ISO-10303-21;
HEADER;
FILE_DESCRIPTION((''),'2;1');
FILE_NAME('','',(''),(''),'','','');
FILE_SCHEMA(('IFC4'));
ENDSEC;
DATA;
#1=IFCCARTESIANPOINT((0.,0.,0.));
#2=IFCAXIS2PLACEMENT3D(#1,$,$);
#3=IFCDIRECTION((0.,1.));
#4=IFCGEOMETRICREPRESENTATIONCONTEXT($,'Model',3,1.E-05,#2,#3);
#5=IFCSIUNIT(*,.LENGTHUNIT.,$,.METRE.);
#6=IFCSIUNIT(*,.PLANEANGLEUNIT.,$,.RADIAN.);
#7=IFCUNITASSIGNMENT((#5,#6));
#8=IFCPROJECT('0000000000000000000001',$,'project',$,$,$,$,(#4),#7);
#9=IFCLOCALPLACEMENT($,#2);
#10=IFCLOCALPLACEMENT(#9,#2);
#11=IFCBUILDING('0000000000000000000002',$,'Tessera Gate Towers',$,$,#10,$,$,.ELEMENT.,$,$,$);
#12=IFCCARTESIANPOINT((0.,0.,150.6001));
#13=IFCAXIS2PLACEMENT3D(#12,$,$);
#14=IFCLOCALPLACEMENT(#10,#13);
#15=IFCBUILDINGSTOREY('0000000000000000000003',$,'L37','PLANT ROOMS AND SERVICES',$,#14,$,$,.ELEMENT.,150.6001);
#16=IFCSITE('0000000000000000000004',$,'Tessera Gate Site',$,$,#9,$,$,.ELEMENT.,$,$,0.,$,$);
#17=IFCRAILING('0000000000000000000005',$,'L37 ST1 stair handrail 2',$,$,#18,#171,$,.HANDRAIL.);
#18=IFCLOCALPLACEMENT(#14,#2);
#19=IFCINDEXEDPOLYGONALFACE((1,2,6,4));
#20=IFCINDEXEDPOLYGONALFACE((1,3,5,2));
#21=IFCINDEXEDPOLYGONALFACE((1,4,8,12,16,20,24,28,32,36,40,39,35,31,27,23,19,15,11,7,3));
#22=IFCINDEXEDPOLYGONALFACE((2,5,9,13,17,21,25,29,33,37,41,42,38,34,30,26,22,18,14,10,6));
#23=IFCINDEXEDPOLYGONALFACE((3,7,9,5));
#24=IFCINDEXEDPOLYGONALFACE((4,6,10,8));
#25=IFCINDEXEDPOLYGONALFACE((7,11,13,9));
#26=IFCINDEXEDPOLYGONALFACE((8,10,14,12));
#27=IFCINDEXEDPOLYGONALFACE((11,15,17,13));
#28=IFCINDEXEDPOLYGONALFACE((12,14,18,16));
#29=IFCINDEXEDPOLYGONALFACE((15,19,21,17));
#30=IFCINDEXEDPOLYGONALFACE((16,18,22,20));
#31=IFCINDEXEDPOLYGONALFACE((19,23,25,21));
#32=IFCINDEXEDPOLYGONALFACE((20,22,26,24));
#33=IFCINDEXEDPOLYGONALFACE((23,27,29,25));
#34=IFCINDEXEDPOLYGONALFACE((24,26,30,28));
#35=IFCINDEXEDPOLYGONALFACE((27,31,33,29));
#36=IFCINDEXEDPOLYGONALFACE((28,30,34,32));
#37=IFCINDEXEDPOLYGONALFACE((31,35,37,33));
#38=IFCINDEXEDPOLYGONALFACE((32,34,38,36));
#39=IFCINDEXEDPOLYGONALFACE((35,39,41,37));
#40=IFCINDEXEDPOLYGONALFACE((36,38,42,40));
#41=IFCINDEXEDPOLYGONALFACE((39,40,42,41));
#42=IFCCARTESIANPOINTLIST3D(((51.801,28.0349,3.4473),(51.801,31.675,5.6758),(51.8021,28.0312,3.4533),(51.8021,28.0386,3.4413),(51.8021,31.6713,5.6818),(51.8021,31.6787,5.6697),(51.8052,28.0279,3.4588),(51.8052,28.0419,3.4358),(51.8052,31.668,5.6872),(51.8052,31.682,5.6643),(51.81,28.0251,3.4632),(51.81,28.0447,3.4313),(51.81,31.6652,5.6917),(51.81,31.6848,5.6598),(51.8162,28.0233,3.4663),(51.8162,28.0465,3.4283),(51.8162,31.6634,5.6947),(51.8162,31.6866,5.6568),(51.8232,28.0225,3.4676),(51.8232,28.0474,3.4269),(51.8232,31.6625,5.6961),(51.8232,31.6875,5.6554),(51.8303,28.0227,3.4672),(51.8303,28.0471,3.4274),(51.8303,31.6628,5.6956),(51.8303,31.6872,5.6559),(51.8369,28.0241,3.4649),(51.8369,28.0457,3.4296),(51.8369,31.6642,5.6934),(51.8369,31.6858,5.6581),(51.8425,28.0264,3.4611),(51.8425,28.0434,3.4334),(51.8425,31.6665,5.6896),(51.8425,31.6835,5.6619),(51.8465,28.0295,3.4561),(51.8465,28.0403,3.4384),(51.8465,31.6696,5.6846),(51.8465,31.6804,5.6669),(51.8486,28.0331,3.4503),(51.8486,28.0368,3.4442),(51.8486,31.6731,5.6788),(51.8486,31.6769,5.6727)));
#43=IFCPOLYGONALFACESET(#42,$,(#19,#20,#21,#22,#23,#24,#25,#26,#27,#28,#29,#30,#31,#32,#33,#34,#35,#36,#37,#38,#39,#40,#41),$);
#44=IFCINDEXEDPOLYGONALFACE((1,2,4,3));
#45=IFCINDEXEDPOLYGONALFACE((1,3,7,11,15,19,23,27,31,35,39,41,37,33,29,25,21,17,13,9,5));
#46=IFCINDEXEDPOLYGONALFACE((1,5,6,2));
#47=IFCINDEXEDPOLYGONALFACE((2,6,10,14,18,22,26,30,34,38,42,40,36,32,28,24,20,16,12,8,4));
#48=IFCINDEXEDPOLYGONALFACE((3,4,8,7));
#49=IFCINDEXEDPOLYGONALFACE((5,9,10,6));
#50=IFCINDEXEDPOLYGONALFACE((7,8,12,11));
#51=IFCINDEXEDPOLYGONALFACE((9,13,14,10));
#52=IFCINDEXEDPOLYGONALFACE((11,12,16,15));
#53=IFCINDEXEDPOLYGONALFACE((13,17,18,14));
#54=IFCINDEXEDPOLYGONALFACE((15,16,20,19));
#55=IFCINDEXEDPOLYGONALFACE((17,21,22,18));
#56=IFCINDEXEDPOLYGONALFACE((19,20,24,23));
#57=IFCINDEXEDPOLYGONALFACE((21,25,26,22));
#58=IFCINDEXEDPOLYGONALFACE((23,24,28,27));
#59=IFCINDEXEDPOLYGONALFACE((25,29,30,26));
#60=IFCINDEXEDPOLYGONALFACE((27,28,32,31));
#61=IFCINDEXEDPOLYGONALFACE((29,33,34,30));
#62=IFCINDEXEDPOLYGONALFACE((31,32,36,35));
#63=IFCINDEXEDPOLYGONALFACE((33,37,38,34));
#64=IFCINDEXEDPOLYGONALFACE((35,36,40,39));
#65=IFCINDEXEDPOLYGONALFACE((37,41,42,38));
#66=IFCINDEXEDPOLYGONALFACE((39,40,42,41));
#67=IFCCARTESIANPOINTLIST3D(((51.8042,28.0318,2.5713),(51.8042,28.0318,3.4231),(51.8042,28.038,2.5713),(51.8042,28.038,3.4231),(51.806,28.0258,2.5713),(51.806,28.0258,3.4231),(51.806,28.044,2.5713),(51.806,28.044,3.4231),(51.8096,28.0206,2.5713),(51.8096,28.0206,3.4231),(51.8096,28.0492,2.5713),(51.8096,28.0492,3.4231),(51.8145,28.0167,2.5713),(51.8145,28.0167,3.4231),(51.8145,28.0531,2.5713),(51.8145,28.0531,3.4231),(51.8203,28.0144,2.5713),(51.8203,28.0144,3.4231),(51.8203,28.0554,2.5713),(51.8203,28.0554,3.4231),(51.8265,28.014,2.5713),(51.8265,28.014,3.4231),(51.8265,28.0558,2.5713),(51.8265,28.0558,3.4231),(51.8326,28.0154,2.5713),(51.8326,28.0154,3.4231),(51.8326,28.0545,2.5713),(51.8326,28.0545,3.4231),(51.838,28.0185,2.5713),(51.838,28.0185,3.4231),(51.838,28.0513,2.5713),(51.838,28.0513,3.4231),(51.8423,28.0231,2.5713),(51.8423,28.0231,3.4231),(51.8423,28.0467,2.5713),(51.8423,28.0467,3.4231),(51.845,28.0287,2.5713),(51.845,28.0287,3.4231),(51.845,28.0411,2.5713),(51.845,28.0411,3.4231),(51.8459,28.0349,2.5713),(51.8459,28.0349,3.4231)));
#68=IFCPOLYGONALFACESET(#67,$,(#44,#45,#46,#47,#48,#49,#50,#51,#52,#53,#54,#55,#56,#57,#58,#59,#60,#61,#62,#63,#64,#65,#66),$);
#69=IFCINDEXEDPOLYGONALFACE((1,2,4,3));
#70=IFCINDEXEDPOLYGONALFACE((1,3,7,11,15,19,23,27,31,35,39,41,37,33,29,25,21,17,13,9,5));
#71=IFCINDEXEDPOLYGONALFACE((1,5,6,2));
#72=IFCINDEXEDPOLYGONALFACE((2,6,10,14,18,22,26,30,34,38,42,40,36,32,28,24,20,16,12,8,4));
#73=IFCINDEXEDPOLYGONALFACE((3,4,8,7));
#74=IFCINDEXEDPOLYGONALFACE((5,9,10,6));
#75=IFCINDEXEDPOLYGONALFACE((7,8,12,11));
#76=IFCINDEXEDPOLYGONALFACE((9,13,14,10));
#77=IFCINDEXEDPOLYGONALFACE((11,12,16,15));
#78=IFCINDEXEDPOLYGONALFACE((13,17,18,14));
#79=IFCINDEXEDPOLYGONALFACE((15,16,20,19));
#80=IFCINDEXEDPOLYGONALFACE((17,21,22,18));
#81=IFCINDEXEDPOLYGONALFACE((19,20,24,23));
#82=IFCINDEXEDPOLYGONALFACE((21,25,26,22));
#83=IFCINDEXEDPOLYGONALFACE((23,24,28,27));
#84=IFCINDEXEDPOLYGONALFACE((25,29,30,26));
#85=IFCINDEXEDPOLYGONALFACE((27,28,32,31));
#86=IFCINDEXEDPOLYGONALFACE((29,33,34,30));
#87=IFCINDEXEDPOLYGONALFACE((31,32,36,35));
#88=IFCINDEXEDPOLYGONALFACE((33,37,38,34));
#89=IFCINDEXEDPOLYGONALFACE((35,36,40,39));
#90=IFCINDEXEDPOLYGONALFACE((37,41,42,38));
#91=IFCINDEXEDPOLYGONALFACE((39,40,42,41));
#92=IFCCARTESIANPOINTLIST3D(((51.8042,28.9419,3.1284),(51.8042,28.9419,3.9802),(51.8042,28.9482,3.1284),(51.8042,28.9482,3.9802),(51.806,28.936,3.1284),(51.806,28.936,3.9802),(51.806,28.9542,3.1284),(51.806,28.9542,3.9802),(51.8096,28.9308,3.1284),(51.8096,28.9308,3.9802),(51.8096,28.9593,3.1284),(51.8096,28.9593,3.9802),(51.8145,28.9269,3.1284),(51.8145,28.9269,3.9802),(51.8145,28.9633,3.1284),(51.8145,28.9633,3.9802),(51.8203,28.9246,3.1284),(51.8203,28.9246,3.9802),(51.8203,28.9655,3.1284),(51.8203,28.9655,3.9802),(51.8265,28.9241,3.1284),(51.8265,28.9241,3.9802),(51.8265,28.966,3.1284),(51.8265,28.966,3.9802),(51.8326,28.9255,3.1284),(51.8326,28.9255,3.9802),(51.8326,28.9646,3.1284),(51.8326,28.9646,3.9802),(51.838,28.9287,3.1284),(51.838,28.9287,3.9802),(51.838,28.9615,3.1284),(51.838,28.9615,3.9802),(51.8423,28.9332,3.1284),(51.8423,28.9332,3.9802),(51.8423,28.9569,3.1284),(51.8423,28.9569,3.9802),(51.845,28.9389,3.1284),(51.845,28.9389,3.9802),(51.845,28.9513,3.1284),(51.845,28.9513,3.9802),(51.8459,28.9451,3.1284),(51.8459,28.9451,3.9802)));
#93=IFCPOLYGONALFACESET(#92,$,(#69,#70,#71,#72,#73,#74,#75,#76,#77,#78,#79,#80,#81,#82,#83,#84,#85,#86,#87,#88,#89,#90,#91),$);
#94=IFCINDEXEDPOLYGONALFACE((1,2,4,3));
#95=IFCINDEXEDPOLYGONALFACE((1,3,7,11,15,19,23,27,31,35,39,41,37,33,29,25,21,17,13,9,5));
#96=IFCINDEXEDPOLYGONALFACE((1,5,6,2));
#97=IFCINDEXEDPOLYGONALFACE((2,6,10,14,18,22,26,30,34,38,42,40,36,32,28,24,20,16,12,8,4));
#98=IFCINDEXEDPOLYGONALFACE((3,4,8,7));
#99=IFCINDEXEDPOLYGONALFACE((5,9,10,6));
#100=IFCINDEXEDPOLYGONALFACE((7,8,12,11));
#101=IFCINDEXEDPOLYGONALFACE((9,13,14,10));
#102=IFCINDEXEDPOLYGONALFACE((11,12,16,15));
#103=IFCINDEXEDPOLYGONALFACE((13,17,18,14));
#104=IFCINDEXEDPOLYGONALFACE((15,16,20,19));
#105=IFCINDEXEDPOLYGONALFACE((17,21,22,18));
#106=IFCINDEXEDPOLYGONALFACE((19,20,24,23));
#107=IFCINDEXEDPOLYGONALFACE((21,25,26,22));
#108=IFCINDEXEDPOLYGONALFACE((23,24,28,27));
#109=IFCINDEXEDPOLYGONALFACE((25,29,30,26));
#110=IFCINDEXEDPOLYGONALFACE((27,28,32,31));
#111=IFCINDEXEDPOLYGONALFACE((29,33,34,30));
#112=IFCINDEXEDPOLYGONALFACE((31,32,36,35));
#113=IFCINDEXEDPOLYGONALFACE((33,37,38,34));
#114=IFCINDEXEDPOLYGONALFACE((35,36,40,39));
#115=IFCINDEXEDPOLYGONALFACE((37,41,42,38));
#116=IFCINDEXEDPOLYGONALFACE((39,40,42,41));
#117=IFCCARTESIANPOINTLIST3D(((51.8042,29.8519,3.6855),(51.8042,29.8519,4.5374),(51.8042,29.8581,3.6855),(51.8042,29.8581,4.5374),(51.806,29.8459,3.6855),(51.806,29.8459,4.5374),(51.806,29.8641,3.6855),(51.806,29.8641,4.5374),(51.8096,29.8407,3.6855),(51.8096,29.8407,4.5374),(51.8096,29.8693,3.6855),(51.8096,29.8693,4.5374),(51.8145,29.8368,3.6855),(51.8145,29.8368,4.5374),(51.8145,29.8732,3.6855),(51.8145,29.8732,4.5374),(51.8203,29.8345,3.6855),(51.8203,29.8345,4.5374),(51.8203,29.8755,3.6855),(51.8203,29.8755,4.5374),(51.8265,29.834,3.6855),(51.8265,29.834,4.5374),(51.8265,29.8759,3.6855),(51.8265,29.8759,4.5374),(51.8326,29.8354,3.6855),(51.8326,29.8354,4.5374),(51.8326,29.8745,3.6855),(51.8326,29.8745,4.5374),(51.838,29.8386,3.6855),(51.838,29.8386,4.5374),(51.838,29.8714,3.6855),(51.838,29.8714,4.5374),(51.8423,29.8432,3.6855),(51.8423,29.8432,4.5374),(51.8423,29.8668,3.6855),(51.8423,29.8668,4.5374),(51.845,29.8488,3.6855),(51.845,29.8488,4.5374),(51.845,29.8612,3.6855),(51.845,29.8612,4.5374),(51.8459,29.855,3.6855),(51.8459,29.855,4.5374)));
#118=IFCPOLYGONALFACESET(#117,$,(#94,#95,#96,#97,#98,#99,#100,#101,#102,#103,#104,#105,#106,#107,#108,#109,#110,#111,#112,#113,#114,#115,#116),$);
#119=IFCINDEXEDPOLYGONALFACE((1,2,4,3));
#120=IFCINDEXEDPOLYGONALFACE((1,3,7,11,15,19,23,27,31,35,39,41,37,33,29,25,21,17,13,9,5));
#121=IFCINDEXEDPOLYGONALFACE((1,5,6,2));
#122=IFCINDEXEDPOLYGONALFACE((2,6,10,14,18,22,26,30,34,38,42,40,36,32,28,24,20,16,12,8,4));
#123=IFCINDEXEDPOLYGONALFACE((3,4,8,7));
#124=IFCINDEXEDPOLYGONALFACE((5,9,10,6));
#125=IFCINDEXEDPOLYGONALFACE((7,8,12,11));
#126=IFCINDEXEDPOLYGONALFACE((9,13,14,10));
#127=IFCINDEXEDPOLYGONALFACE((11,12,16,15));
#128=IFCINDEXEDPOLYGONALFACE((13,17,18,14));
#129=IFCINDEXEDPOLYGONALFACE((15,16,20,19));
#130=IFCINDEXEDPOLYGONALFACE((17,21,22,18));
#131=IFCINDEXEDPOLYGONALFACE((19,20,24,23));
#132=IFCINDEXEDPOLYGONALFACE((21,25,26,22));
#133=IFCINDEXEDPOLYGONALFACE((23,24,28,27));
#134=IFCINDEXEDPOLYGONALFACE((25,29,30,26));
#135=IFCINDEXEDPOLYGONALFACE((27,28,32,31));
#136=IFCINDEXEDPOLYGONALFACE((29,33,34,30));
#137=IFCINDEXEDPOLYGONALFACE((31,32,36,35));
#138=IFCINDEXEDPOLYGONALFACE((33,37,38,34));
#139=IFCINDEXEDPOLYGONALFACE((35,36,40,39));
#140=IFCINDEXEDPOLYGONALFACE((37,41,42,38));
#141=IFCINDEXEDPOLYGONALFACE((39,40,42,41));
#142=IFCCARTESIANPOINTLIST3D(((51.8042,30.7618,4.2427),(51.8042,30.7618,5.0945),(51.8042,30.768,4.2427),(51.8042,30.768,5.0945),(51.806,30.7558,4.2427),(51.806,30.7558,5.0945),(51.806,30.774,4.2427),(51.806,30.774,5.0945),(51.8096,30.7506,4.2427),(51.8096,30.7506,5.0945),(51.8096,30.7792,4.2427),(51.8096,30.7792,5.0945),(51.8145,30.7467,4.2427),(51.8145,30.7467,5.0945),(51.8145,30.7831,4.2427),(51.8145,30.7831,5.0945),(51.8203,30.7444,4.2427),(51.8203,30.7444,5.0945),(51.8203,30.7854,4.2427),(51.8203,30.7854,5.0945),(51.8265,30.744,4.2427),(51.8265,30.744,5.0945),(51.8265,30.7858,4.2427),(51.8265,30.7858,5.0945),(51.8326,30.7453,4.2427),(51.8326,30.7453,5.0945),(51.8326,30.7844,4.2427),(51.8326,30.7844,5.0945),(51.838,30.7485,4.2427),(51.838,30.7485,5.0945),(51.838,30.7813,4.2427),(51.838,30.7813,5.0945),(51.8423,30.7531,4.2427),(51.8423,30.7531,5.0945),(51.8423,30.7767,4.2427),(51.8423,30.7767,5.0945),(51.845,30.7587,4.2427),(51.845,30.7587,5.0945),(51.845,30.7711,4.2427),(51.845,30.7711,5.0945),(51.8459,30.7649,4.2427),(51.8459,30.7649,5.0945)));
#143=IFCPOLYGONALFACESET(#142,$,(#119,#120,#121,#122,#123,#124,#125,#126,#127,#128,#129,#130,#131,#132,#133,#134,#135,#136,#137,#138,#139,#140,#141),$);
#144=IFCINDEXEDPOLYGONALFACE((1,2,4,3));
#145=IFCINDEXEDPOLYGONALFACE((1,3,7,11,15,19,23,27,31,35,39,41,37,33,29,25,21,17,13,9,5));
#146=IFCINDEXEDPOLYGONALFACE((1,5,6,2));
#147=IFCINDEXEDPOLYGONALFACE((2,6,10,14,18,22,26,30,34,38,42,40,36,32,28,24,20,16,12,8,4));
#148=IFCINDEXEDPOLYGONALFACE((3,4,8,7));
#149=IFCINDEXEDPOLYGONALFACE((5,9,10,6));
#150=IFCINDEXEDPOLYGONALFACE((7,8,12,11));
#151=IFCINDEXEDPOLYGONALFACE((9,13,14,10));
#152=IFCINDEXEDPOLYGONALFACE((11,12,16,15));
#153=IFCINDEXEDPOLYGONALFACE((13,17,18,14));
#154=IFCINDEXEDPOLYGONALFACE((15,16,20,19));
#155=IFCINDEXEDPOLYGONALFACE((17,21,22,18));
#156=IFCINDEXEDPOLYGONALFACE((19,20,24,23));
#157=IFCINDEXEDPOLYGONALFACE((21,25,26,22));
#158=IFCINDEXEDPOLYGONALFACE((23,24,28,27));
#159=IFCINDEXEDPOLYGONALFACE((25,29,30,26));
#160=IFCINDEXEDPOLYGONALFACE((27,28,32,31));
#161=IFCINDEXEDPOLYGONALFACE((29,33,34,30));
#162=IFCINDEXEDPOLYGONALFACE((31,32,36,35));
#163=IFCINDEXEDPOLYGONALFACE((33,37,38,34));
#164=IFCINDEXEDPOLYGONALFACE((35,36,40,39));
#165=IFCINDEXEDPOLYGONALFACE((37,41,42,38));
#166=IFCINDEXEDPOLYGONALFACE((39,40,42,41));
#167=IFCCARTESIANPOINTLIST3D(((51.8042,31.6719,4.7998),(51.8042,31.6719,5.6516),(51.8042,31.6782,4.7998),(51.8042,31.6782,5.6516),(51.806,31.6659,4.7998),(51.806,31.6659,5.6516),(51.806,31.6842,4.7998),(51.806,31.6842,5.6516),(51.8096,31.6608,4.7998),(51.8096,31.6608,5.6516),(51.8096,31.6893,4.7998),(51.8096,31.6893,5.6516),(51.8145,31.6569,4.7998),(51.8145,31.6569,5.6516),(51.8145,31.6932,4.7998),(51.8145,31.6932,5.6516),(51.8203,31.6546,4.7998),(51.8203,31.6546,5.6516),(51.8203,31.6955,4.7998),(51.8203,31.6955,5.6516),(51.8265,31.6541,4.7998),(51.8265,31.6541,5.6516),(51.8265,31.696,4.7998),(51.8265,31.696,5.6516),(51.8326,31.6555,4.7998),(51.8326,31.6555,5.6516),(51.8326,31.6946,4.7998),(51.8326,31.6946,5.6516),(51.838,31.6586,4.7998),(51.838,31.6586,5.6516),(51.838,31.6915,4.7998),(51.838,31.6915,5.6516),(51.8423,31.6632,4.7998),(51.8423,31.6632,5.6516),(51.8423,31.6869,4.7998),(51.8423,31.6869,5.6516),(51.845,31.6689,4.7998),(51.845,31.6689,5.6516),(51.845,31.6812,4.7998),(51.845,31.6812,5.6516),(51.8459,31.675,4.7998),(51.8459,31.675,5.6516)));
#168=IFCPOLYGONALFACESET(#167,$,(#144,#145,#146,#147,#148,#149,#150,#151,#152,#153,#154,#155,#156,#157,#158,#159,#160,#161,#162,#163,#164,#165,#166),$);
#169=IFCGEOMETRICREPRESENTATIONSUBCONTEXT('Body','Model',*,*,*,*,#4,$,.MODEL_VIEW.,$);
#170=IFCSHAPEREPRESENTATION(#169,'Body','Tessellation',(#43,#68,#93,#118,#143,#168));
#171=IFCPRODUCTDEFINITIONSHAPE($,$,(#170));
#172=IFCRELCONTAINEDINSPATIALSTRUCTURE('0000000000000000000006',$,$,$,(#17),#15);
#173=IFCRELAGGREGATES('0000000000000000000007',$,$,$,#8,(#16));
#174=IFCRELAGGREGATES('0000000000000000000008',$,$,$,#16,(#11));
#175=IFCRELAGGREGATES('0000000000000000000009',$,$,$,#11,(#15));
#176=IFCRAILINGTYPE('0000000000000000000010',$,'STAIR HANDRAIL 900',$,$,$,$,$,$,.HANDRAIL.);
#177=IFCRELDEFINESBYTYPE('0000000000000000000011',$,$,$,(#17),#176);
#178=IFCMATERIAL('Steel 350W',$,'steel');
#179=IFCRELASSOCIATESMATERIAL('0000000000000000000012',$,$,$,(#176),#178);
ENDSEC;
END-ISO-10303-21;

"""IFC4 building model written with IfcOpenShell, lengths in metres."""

from ifc_helpers import new_model, si_unit, direction, frame, origin, origin_2d, place, context, subcontext, project, spatial, circle, extrude, material, type_object, element, save


model = new_model("IFC4")

# Units and contexts
model_context = context("Model", 3, precision=1e-05, world=origin(), true_north=direction((0.0, 1.0)))
body_context = subcontext(model_context, "Body", "Model", "MODEL_VIEW")
ifc_project = project(units=[si_unit("LENGTHUNIT", "METRE"), si_unit("PLANEANGLEUNIT", "RADIAN")], contexts=[model_context])

# Site, building, storey
site_placement = place(None, origin())
site = spatial("IfcSite", under=ifc_project, at=site_placement, Name="Tessera Gate Site", CompositionType="ELEMENT", RefElevation=0.0)
building_placement = place(site_placement, origin())
building = spatial("IfcBuilding", under=site, at=building_placement, Name="Tessera Gate Towers", CompositionType="ELEMENT")
storey_placement = place(building_placement, frame((0.0, 0.0, 150.6001)))
storey = spatial("IfcBuildingStorey", under=building, at=storey_placement, Name="L37", Description="PLANT ROOMS AND SERVICES", CompositionType="ELEMENT", Elevation=150.6001)

# Railing
ifc_material_1 = material(Name="Steel 350W", Category="steel")
railing_type_1 = type_object("IfcRailingType", Name="STAIR HANDRAIL 900", PredefinedType="HANDRAIL", material=ifc_material_1)
for number, where, name in (
    (1, (51.825, 28.0349, 2.5713), "L37 ST1 stair handrail 2"),
):
    element("IfcRailing", number, at=place(storey_placement, frame(where)), inside=storey, type_object=railing_type_1, Name=name, PredefinedType="HANDRAIL", context=body_context, shape_type="SweptSolid", body=[
        extrude(circle(Radius=0.0239, at=origin_2d()), frame((0.0, 0.0, 0.876), z_axis=(0.0, 0.852866, 0.52213), x_axis=(-1.0, 0.0, 0.0)), (0.0, 0.0, 1.0), 4.2681),
        extrude(circle(Radius=0.021, at=origin_2d()), origin(), (0.0, 0.0, 1.0), 0.8518),
        extrude(circle(Radius=0.021, at=origin_2d()), frame((0.0, 0.9102, 0.5571)), (0.0, 0.0, 1.0), 0.8518),
        extrude(circle(Radius=0.021, at=origin_2d()), frame((0.0, 1.8201, 1.1143)), (0.0, 0.0, 1.0), 0.8518),
        extrude(circle(Radius=0.021, at=origin_2d()), frame((0.0, 2.73, 1.6714)), (0.0, 0.0, 1.0), 0.8518),
        extrude(circle(Radius=0.021, at=origin_2d()), frame((0.0, 3.6401, 2.2285)), (0.0, 0.0, 1.0), 0.8518),
    ])

save(model, "model.ifc")
